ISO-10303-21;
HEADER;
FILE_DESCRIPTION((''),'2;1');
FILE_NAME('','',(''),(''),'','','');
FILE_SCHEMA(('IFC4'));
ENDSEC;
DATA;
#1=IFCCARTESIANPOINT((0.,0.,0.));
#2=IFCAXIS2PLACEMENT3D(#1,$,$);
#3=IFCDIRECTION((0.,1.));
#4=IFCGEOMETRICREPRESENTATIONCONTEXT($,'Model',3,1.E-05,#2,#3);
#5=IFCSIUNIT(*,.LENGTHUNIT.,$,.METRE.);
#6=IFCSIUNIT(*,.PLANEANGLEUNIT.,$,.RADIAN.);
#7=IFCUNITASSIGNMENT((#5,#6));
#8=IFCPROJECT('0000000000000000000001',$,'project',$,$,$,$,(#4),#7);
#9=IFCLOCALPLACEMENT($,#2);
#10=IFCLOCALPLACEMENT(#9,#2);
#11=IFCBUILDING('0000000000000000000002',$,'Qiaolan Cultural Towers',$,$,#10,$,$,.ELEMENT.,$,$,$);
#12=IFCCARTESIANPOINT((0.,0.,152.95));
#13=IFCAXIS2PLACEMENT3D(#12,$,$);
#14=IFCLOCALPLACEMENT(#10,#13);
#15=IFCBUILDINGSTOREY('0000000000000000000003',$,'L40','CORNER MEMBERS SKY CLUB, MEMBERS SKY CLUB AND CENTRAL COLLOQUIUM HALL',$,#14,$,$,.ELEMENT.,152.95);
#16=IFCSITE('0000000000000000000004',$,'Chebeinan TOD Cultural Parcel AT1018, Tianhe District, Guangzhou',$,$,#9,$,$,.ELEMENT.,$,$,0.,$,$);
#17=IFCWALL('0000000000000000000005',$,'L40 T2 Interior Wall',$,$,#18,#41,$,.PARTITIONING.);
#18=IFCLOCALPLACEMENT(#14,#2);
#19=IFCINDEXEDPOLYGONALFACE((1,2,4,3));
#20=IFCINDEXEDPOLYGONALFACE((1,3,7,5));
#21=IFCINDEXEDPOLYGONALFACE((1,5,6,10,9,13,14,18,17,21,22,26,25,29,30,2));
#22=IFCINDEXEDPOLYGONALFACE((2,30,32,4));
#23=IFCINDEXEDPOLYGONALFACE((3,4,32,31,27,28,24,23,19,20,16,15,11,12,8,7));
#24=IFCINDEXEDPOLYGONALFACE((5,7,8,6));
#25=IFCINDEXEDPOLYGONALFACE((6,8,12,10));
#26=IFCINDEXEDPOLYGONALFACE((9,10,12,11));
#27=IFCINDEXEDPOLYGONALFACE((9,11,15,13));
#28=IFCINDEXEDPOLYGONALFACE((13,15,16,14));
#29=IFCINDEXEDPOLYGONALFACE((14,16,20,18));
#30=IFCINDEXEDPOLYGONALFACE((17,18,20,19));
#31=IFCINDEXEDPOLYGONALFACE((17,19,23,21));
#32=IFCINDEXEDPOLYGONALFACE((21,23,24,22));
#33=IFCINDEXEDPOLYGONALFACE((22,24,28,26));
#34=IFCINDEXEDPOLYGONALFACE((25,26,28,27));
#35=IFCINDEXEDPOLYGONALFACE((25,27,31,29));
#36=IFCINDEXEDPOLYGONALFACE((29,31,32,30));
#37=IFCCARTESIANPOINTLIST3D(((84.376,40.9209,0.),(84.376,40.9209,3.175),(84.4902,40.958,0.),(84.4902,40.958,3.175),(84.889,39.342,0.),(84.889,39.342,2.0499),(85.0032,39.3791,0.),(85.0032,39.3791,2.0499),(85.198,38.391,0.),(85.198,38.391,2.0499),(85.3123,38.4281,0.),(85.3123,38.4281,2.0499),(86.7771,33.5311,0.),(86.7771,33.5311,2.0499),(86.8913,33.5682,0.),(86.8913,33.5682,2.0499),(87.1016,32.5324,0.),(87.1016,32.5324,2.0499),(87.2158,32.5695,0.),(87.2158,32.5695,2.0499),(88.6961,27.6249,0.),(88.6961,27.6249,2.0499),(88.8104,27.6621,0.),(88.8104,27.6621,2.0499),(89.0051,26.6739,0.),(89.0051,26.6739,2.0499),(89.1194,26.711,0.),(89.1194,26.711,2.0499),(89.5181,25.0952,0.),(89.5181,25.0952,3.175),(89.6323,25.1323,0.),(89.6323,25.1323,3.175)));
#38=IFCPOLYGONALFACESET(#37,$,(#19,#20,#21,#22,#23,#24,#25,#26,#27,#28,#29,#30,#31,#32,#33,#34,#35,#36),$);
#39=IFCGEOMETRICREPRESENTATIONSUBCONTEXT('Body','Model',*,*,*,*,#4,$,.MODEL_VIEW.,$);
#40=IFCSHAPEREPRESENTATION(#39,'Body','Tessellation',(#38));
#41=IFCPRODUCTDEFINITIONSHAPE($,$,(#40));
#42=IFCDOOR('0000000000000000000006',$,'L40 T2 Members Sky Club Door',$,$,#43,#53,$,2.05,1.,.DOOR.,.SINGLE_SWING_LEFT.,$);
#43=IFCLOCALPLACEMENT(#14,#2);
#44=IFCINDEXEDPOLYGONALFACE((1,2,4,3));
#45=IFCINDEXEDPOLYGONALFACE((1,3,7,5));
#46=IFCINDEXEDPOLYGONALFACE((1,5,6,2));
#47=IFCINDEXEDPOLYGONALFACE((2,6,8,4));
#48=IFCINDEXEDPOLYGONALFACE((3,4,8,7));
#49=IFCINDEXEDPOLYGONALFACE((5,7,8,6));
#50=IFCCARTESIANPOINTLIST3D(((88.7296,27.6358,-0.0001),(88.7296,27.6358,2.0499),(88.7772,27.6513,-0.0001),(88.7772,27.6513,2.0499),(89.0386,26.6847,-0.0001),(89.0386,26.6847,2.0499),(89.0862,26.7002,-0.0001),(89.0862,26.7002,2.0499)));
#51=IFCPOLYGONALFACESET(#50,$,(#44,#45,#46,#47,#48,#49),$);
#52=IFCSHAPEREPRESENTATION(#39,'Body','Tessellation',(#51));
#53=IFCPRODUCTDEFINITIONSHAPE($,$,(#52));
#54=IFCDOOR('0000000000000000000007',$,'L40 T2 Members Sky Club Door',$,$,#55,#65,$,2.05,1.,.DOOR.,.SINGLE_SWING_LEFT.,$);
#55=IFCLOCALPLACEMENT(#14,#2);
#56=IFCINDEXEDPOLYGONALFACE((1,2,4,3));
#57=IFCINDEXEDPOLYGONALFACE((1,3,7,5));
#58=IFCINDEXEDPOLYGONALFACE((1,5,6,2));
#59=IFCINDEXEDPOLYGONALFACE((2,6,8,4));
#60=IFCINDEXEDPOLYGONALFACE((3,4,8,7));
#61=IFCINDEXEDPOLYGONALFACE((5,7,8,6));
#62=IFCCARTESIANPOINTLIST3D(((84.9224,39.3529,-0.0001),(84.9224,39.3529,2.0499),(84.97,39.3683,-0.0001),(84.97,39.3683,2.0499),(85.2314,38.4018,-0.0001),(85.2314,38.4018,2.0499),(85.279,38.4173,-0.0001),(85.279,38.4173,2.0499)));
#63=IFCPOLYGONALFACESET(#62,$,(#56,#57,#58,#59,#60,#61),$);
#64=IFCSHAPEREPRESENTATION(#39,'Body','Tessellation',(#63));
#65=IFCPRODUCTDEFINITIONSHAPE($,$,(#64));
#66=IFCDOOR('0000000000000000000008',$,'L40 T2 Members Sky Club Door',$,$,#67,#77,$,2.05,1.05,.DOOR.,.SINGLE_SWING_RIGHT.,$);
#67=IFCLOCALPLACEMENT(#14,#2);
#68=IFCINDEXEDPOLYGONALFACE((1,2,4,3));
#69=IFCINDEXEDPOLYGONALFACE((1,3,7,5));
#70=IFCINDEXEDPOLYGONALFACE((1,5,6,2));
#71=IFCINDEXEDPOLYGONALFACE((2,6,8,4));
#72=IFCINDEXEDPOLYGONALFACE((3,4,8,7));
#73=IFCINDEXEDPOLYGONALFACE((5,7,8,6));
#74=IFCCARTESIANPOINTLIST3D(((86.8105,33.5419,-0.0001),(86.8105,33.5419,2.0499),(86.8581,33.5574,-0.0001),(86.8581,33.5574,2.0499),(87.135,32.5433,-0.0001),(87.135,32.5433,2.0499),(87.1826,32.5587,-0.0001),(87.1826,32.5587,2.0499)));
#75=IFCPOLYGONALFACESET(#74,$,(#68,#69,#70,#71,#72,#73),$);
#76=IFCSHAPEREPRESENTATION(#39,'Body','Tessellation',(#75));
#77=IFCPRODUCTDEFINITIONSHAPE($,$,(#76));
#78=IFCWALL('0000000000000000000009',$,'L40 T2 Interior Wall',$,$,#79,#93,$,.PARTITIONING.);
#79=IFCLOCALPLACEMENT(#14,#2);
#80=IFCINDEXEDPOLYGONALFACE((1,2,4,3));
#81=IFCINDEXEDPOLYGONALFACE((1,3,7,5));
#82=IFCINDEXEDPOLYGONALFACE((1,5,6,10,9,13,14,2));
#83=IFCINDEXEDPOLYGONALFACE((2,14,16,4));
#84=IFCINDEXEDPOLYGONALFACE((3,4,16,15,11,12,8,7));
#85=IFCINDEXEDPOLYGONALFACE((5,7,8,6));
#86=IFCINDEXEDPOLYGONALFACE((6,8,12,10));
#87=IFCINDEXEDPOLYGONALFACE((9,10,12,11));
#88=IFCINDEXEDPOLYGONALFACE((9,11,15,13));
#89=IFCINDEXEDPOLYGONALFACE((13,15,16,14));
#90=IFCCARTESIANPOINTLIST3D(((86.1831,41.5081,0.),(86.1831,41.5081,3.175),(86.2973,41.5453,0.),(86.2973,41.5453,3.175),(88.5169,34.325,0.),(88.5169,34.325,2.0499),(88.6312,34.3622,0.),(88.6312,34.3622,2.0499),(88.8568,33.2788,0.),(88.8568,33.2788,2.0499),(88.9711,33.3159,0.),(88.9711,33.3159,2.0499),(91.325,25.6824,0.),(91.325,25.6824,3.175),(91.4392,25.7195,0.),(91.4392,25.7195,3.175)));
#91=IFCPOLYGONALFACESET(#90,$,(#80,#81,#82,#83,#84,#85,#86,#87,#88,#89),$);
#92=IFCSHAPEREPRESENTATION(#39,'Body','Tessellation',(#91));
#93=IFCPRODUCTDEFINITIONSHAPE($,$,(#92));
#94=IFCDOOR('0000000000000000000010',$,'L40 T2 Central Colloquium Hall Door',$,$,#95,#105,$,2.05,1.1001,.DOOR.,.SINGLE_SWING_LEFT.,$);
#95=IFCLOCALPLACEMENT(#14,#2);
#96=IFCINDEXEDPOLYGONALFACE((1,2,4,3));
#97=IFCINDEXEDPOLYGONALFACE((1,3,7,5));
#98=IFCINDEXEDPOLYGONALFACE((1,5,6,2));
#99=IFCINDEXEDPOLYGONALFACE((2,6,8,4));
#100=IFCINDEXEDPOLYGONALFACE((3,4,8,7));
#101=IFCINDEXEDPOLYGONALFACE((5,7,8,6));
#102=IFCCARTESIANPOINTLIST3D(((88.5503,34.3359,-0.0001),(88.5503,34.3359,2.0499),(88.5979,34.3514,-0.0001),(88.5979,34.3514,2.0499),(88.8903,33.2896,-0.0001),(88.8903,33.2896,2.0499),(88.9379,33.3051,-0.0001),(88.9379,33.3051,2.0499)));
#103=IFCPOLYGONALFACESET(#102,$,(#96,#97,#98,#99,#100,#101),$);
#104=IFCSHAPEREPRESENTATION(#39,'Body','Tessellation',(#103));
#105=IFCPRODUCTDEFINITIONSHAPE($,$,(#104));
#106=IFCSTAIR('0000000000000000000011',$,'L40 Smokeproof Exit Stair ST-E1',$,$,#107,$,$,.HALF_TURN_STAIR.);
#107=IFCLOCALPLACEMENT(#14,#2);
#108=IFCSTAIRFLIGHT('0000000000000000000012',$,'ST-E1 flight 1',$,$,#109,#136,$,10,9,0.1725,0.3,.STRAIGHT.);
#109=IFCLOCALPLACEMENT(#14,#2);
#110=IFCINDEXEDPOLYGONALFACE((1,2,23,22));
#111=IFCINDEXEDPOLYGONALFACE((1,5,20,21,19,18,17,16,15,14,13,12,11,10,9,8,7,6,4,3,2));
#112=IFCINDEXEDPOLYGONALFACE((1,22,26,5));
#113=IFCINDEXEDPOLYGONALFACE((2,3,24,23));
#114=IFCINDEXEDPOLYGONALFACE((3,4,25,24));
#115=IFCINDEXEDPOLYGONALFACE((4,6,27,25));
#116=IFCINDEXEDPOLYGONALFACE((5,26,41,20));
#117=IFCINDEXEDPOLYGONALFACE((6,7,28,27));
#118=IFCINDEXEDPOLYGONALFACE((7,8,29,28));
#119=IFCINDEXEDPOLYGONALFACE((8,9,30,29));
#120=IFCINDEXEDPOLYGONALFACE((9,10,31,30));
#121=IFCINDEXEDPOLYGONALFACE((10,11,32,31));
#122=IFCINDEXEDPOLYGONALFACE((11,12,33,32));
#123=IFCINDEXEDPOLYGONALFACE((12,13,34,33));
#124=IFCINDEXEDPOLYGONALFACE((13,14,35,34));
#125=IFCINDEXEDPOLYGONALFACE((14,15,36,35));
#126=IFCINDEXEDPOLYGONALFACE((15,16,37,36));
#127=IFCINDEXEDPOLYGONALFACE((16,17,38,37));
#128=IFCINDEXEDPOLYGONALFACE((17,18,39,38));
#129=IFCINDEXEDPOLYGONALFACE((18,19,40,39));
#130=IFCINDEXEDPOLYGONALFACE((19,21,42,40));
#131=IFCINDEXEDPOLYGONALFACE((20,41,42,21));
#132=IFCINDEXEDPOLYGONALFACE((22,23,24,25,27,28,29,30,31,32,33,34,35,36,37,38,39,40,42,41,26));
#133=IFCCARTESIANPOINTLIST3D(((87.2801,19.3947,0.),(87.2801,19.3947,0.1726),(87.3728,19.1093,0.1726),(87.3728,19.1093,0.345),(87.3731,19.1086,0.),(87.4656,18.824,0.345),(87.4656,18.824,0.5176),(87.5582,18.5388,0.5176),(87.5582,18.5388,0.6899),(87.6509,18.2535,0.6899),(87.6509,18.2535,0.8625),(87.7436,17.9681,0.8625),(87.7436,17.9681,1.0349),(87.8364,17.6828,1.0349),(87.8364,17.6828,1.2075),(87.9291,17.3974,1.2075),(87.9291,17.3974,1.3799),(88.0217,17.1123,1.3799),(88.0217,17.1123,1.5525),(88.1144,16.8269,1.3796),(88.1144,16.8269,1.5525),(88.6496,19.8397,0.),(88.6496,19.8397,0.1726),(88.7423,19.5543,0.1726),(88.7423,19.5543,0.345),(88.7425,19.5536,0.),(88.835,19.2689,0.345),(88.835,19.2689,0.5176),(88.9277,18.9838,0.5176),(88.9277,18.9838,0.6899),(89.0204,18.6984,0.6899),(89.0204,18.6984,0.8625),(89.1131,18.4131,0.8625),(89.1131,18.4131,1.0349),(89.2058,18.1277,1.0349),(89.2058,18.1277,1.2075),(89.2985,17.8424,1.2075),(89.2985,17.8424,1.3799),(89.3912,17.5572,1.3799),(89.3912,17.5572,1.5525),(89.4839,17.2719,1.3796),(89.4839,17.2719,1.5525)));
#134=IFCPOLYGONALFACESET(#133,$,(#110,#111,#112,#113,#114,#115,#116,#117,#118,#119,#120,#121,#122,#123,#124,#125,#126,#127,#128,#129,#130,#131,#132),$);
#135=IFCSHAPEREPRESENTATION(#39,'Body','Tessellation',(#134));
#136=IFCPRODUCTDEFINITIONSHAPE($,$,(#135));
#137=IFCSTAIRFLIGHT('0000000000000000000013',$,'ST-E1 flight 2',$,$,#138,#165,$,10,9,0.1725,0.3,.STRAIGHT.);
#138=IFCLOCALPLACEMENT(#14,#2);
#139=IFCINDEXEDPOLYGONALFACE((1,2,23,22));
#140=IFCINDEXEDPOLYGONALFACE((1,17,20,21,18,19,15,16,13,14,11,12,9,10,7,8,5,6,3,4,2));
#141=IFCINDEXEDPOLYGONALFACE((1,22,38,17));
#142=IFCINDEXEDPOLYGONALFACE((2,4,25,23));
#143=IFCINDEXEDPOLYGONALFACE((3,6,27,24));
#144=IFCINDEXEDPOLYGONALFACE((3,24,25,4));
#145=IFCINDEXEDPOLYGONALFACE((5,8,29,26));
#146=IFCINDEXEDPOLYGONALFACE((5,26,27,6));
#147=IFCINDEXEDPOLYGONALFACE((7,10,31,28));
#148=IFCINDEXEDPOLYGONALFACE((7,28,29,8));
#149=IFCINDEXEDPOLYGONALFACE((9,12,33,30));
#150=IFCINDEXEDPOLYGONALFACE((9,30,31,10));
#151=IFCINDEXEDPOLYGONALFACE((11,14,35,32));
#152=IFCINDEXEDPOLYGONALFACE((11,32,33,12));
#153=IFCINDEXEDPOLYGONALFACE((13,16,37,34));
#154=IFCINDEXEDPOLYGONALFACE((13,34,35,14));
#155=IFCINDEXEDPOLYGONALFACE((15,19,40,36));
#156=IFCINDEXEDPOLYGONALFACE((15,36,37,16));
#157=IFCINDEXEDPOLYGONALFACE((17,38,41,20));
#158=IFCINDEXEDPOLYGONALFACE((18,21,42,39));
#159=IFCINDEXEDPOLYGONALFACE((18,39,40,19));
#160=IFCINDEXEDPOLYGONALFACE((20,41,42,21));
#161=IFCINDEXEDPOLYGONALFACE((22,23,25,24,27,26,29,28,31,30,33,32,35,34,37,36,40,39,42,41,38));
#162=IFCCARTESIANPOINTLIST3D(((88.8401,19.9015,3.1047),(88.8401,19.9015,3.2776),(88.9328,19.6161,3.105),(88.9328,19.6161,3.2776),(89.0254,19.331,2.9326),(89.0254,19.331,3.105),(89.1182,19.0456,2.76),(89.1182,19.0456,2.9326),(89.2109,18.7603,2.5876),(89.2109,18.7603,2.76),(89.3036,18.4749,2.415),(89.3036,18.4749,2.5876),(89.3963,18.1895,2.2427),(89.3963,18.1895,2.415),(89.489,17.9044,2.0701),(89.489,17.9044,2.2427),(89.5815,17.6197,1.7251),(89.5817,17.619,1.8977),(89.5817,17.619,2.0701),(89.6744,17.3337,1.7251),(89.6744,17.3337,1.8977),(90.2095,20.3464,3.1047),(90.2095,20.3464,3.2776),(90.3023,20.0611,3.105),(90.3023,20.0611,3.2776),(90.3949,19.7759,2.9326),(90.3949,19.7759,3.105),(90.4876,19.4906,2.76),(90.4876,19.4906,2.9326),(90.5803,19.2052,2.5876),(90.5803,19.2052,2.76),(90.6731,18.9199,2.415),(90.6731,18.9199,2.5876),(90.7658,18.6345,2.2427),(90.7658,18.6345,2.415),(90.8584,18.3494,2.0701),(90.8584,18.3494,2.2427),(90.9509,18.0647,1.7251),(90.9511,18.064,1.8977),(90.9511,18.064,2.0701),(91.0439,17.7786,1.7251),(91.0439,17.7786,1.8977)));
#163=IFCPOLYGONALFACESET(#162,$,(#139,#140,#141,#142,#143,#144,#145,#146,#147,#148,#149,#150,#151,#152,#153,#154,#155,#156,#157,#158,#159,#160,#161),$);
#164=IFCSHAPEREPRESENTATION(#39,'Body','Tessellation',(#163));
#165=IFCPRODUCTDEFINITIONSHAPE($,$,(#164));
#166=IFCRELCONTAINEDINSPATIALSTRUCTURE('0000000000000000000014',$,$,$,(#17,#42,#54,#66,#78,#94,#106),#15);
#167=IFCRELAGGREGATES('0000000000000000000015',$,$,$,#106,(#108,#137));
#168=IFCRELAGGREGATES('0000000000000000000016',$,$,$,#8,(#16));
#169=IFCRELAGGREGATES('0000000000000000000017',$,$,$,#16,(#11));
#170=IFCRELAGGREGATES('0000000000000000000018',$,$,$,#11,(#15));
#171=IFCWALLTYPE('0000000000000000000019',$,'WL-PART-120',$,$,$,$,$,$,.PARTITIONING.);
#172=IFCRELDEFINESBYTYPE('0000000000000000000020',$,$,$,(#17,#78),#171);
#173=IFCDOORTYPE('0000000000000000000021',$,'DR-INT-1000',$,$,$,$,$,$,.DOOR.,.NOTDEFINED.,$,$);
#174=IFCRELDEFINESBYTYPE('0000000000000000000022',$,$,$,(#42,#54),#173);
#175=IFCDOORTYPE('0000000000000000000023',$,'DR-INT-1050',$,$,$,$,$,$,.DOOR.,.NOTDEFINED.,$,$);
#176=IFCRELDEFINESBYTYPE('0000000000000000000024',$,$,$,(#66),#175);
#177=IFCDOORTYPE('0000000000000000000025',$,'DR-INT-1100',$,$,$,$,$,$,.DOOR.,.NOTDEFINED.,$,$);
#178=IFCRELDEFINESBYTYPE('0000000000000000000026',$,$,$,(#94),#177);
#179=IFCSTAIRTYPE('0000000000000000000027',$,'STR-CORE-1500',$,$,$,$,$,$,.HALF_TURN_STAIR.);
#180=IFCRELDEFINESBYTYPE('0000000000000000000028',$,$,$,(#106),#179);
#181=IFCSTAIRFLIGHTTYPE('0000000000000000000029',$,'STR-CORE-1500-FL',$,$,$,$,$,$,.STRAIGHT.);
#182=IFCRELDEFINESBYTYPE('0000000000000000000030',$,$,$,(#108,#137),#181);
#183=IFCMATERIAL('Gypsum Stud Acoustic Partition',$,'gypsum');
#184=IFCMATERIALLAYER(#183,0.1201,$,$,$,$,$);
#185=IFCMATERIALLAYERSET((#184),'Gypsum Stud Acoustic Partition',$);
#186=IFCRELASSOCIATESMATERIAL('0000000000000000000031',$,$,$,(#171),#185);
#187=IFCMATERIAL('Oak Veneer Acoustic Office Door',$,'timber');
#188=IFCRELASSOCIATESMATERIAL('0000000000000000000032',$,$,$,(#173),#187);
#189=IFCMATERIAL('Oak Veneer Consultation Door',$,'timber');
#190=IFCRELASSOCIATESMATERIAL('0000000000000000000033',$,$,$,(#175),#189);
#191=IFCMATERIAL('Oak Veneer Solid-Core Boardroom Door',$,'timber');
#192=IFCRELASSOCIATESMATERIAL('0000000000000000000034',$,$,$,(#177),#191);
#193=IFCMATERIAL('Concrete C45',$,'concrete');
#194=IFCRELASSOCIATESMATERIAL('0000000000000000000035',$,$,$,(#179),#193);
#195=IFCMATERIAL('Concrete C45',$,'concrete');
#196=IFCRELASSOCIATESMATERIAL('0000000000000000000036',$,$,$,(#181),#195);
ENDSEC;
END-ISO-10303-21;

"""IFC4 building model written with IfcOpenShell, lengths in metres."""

from ifc_helpers import new_model, si_unit, direction, frame, frame_2d, origin, place, context, subcontext, project, spatial, polyline, rectangle, outline, extrude, material, layer, layer_set, type_object, element, fill, aggregate, save


model = new_model("IFC4")

# Units and contexts
model_context = context("Model", 3, precision=1e-05, world=origin(), true_north=direction((0.0, 1.0)))
body_context = subcontext(model_context, "Body", "Model", "MODEL_VIEW")
ifc_project = project(units=[si_unit("LENGTHUNIT", "METRE"), si_unit("PLANEANGLEUNIT", "RADIAN")], contexts=[model_context])

# Site, building, storey
site_placement = place(None, origin())
site = spatial("IfcSite", under=ifc_project, at=site_placement, Name="Chebeinan TOD Cultural Parcel AT1018, Tianhe District, Guangzhou", CompositionType="ELEMENT", RefElevation=0.0)
building_placement = place(site_placement, origin())
building = spatial("IfcBuilding", under=site, at=building_placement, Name="Qiaolan Cultural Towers", CompositionType="ELEMENT")
storey_placement = place(building_placement, frame((0.0, 0.0, 152.95)))
storey = spatial("IfcBuildingStorey", under=building, at=storey_placement, Name="L40", Description="CORNER MEMBERS SKY CLUB, MEMBERS SKY CLUB AND CENTRAL COLLOQUIUM HALL", CompositionType="ELEMENT", Elevation=152.95)

# Shared definitions
ifc_material_1 = material(Name="Gypsum Stud Acoustic Partition", Category="gypsum")
ifc_layer_1 = layer(ifc_material_1, 0.1201)
ifc_layer_set_1 = layer_set([ifc_layer_1], Name="Gypsum Stud Acoustic Partition")
wall_type_1 = type_object("IfcWallType", Name="WL-PART-120", PredefinedType="PARTITIONING", material=ifc_layer_set_1)

# Wall, openings, doors
wall_1_placement = place(storey_placement, frame((89.5752, 25.1138, 0.0), z_axis=(0.0, 0.0, 1.0), x_axis=(-0.309018, 0.951056, 0.0)))
wall_1 = element("IfcWall", 1, at=wall_1_placement, inside=storey, type_object=wall_type_1, Name="L40 T2 Interior Wall", PredefinedType="PARTITIONING", context=body_context, shape_type="SweptSolid", body=[
    extrude(rectangle(XDim=16.6401, YDim=0.1201, at=frame_2d((8.3201, 0.0))), origin(), (0.0, 0.0, 1.0), 3.175),
])
opening_1_placement = place(wall_1_placement, frame((1.6599, 0.0, 0.0)))
opening_1 = element("IfcOpeningElement", 2, at=opening_1_placement, cuts=wall_1, PredefinedType="OPENING", context=body_context, shape_type="SweptSolid", body=[
    extrude(rectangle(XDim=1.0, YDim=2.05, at=frame_2d((0.5, 1.0249))), frame((0.0, 0.0701, 0.0), z_axis=(0.0, -1.0, 0.0), x_axis=(1.0, 0.0, 0.0)), (0.0, 0.0, 1.0), 0.1401),
])
opening_2_placement = place(wall_1_placement, frame((7.8201, 0.0, 0.0)))
opening_2 = element("IfcOpeningElement", 3, at=opening_2_placement, cuts=wall_1, PredefinedType="OPENING", context=body_context, shape_type="SweptSolid", body=[
    extrude(rectangle(XDim=1.05, YDim=2.05, at=frame_2d((0.5249, 1.0249))), frame((0.0, 0.0701, 0.0), z_axis=(0.0, -1.0, 0.0), x_axis=(1.0, 0.0, 0.0)), (0.0, 0.0, 1.0), 0.1401),
])
opening_3_placement = place(wall_1_placement, frame((13.98, 0.0, 0.0)))
opening_3 = element("IfcOpeningElement", 4, at=opening_3_placement, cuts=wall_1, PredefinedType="OPENING", context=body_context, shape_type="SweptSolid", body=[
    extrude(rectangle(XDim=1.0, YDim=2.05, at=frame_2d((0.5, 1.0249))), frame((0.0, 0.0701, 0.0), z_axis=(0.0, -1.0, 0.0), x_axis=(1.0, 0.0, 0.0)), (0.0, 0.0, 1.0), 0.1401),
])
ifc_material_2 = material(Name="Oak Veneer Acoustic Office Door", Category="timber")
door_type_1 = type_object("IfcDoorType", Name="DR-INT-1000", OperationType="NOTDEFINED", PredefinedType="DOOR", material=ifc_material_2)
door_1_placement = place(opening_1_placement, origin())
door_1 = element("IfcDoor", 5, at=door_1_placement, inside=storey, type_object=door_type_1, Name="L40 T2 Members Sky Club Door", OperationType="SINGLE_SWING_LEFT", OverallHeight=2.05, OverallWidth=1.0, PredefinedType="DOOR", context=body_context, shape_type="SweptSolid", body=[
    extrude(rectangle(XDim=1.0, YDim=2.05, at=frame_2d((0.5, 1.0249))), frame((0.0, 0.0249, 0.0), z_axis=(0.0, -1.0, 0.0), x_axis=(1.0, 0.0, 0.0)), (0.0, 0.0, 1.0), 0.05),
])
fill(opening_1, door_1)
door_2_placement = place(opening_3_placement, origin())
door_2 = element("IfcDoor", 6, at=door_2_placement, inside=storey, type_object=door_type_1, Name="L40 T2 Members Sky Club Door", OperationType="SINGLE_SWING_LEFT", OverallHeight=2.05, OverallWidth=1.0, PredefinedType="DOOR", context=body_context, shape_type="SweptSolid", body=[
    extrude(rectangle(XDim=1.0, YDim=2.05, at=frame_2d((0.5, 1.0249))), frame((0.0, 0.0249, 0.0), z_axis=(0.0, -1.0, 0.0), x_axis=(1.0, 0.0, 0.0)), (0.0, 0.0, 1.0), 0.05),
])
fill(opening_3, door_2)
ifc_material_3 = material(Name="Oak Veneer Consultation Door", Category="timber")
door_type_2 = type_object("IfcDoorType", Name="DR-INT-1050", OperationType="NOTDEFINED", PredefinedType="DOOR", material=ifc_material_3)
door_3_placement = place(opening_2_placement, origin())
door_3 = element("IfcDoor", 7, at=door_3_placement, inside=storey, type_object=door_type_2, Name="L40 T2 Members Sky Club Door", OperationType="SINGLE_SWING_RIGHT", OverallHeight=2.05, OverallWidth=1.05, PredefinedType="DOOR", context=body_context, shape_type="SweptSolid", body=[
    extrude(rectangle(XDim=1.05, YDim=2.05, at=frame_2d((0.5249, 1.0249))), frame((0.0, 0.0249, 0.0), z_axis=(0.0, -1.0, 0.0), x_axis=(1.0, 0.0, 0.0)), (0.0, 0.0, 1.0), 0.05),
])
fill(opening_2, door_3)

# Wall, opening, door
wall_2_placement = place(storey_placement, frame((91.3821, 25.7009, 0.0), z_axis=(0.0, 0.0, 1.0), x_axis=(-0.309004, 0.951061, 0.0)))
wall_2 = element("IfcWall", 8, at=wall_2_placement, inside=storey, type_object=wall_type_1, Name="L40 T2 Interior Wall", PredefinedType="PARTITIONING", context=body_context, shape_type="SweptSolid", body=[
    extrude(rectangle(XDim=16.6401, YDim=0.1201, at=frame_2d((8.3201, 0.0))), origin(), (0.0, 0.0, 1.0), 3.175),
])
opening_4_placement = place(wall_2_placement, frame((7.9873, 0.0, 0.0)))
opening_4 = element("IfcOpeningElement", 9, at=opening_4_placement, cuts=wall_2, PredefinedType="OPENING", context=body_context, shape_type="SweptSolid", body=[
    extrude(rectangle(XDim=1.1001, YDim=2.05, at=frame_2d((0.55, 1.0249))), frame((0.0, 0.0701, 0.0), z_axis=(0.0, -1.0, 0.0), x_axis=(1.0, 0.0, 0.0)), (0.0, 0.0, 1.0), 0.1401),
])
ifc_material_4 = material(Name="Oak Veneer Solid-Core Boardroom Door", Category="timber")
door_type_3 = type_object("IfcDoorType", Name="DR-INT-1100", OperationType="NOTDEFINED", PredefinedType="DOOR", material=ifc_material_4)
door_4_placement = place(opening_4_placement, origin())
door_4 = element("IfcDoor", 10, at=door_4_placement, inside=storey, type_object=door_type_3, Name="L40 T2 Central Colloquium Hall Door", OperationType="SINGLE_SWING_LEFT", OverallHeight=2.05, OverallWidth=1.1001, PredefinedType="DOOR", context=body_context, shape_type="SweptSolid", body=[
    extrude(rectangle(XDim=1.1001, YDim=2.05, at=frame_2d((0.55, 1.0249))), frame((0.0, 0.0249, 0.0), z_axis=(0.0, -1.0, 0.0), x_axis=(1.0, 0.0, 0.0)), (0.0, 0.0, 1.0), 0.05),
])
fill(opening_4, door_4)

# Stair, stair flights
ifc_material_5 = material(Name="Concrete C45", Category="concrete")
stair_type = type_object("IfcStairType", Name="STR-CORE-1500", PredefinedType="HALF_TURN_STAIR", material=ifc_material_5)
stair_placement = place(storey_placement, origin())
stair = element("IfcStair", 11, at=stair_placement, inside=storey, type_object=stair_type, Name="L40 Smokeproof Exit Stair ST-E1", PredefinedType="HALF_TURN_STAIR")
ifc_material_6 = material(Name="Concrete C45", Category="concrete")
stair_flight_type = type_object("IfcStairFlightType", Name="STR-CORE-1500-FL", PredefinedType="STRAIGHT", material=ifc_material_6)
stair_flight_1_placement = place(storey_placement, frame((87.9648, 19.6172, 0.0), z_axis=(0.0, 0.0, 1.0), x_axis=(0.309017, -0.951057, 0.0)))
stair_flight_1 = element("IfcStairFlight", 12, at=stair_flight_1_placement, type_object=stair_flight_type, Name="ST-E1 flight 1", NumberOfRisers=10, NumberOfTreads=9, PredefinedType="STRAIGHT", RiserHeight=0.1725, TreadLength=0.3, context=body_context, shape_type="SweptSolid", body=[
    extrude(outline(polyline([(0.0, 0.0), (0.0, 0.1726), (0.3, 0.1726), (0.3, 0.345), (0.6001, 0.345), (0.6001, 0.5176), (0.8999, 0.5176), (0.8999, 0.6899), (1.2, 0.6899), (1.2, 0.8625), (1.5, 0.8625), (1.5, 1.0349), (1.8, 1.0349), (1.8, 1.2075), (2.1001, 1.2075), (2.1001, 1.3799), (2.3999, 1.3799), (2.3999, 1.5525), (2.7, 1.5525), (2.7, 1.7251), (2.7, 1.3796), (0.3008, 0.0), (0.0, 0.0)])), frame((0.0, 0.72, 0.0), z_axis=(0.0, -1.0, 0.0), x_axis=(1.0, 0.0, 0.0)), (0.0, 0.0, 1.0), 1.4399),
])
stair_flight_2_placement = place(storey_placement, frame((90.3591, 17.5562, 1.7251), z_axis=(0.0, 0.0, 1.0), x_axis=(-0.309017, 0.951057, 0.0)))
stair_flight_2 = element("IfcStairFlight", 13, at=stair_flight_2_placement, type_object=stair_flight_type, Name="ST-E1 flight 2", NumberOfRisers=10, NumberOfTreads=9, PredefinedType="STRAIGHT", RiserHeight=0.1725, TreadLength=0.3, context=body_context, shape_type="SweptSolid", body=[
    extrude(outline(polyline([(0.0, 0.0), (0.0, 0.1726), (0.3, 0.1726), (0.3, 0.345), (0.6001, 0.345), (0.6001, 0.5176), (0.8999, 0.5176), (0.8999, 0.6899), (1.2, 0.6899), (1.2, 0.8625), (1.5, 0.8625), (1.5, 1.0349), (1.8, 1.0349), (1.8, 1.2075), (2.1001, 1.2075), (2.1001, 1.3799), (2.3999, 1.3799), (2.3999, 1.5525), (2.7, 1.5525), (2.7, 1.7251), (2.7, 1.3796), (0.3008, 0.0), (0.0, 0.0)])), frame((0.0, 0.72, 0.0), z_axis=(0.0, -1.0, 0.0), x_axis=(1.0, 0.0, 0.0)), (0.0, 0.0, 1.0), 1.4399),
])
aggregate(stair, [stair_flight_1, stair_flight_2])

save(model, "model.ifc")
